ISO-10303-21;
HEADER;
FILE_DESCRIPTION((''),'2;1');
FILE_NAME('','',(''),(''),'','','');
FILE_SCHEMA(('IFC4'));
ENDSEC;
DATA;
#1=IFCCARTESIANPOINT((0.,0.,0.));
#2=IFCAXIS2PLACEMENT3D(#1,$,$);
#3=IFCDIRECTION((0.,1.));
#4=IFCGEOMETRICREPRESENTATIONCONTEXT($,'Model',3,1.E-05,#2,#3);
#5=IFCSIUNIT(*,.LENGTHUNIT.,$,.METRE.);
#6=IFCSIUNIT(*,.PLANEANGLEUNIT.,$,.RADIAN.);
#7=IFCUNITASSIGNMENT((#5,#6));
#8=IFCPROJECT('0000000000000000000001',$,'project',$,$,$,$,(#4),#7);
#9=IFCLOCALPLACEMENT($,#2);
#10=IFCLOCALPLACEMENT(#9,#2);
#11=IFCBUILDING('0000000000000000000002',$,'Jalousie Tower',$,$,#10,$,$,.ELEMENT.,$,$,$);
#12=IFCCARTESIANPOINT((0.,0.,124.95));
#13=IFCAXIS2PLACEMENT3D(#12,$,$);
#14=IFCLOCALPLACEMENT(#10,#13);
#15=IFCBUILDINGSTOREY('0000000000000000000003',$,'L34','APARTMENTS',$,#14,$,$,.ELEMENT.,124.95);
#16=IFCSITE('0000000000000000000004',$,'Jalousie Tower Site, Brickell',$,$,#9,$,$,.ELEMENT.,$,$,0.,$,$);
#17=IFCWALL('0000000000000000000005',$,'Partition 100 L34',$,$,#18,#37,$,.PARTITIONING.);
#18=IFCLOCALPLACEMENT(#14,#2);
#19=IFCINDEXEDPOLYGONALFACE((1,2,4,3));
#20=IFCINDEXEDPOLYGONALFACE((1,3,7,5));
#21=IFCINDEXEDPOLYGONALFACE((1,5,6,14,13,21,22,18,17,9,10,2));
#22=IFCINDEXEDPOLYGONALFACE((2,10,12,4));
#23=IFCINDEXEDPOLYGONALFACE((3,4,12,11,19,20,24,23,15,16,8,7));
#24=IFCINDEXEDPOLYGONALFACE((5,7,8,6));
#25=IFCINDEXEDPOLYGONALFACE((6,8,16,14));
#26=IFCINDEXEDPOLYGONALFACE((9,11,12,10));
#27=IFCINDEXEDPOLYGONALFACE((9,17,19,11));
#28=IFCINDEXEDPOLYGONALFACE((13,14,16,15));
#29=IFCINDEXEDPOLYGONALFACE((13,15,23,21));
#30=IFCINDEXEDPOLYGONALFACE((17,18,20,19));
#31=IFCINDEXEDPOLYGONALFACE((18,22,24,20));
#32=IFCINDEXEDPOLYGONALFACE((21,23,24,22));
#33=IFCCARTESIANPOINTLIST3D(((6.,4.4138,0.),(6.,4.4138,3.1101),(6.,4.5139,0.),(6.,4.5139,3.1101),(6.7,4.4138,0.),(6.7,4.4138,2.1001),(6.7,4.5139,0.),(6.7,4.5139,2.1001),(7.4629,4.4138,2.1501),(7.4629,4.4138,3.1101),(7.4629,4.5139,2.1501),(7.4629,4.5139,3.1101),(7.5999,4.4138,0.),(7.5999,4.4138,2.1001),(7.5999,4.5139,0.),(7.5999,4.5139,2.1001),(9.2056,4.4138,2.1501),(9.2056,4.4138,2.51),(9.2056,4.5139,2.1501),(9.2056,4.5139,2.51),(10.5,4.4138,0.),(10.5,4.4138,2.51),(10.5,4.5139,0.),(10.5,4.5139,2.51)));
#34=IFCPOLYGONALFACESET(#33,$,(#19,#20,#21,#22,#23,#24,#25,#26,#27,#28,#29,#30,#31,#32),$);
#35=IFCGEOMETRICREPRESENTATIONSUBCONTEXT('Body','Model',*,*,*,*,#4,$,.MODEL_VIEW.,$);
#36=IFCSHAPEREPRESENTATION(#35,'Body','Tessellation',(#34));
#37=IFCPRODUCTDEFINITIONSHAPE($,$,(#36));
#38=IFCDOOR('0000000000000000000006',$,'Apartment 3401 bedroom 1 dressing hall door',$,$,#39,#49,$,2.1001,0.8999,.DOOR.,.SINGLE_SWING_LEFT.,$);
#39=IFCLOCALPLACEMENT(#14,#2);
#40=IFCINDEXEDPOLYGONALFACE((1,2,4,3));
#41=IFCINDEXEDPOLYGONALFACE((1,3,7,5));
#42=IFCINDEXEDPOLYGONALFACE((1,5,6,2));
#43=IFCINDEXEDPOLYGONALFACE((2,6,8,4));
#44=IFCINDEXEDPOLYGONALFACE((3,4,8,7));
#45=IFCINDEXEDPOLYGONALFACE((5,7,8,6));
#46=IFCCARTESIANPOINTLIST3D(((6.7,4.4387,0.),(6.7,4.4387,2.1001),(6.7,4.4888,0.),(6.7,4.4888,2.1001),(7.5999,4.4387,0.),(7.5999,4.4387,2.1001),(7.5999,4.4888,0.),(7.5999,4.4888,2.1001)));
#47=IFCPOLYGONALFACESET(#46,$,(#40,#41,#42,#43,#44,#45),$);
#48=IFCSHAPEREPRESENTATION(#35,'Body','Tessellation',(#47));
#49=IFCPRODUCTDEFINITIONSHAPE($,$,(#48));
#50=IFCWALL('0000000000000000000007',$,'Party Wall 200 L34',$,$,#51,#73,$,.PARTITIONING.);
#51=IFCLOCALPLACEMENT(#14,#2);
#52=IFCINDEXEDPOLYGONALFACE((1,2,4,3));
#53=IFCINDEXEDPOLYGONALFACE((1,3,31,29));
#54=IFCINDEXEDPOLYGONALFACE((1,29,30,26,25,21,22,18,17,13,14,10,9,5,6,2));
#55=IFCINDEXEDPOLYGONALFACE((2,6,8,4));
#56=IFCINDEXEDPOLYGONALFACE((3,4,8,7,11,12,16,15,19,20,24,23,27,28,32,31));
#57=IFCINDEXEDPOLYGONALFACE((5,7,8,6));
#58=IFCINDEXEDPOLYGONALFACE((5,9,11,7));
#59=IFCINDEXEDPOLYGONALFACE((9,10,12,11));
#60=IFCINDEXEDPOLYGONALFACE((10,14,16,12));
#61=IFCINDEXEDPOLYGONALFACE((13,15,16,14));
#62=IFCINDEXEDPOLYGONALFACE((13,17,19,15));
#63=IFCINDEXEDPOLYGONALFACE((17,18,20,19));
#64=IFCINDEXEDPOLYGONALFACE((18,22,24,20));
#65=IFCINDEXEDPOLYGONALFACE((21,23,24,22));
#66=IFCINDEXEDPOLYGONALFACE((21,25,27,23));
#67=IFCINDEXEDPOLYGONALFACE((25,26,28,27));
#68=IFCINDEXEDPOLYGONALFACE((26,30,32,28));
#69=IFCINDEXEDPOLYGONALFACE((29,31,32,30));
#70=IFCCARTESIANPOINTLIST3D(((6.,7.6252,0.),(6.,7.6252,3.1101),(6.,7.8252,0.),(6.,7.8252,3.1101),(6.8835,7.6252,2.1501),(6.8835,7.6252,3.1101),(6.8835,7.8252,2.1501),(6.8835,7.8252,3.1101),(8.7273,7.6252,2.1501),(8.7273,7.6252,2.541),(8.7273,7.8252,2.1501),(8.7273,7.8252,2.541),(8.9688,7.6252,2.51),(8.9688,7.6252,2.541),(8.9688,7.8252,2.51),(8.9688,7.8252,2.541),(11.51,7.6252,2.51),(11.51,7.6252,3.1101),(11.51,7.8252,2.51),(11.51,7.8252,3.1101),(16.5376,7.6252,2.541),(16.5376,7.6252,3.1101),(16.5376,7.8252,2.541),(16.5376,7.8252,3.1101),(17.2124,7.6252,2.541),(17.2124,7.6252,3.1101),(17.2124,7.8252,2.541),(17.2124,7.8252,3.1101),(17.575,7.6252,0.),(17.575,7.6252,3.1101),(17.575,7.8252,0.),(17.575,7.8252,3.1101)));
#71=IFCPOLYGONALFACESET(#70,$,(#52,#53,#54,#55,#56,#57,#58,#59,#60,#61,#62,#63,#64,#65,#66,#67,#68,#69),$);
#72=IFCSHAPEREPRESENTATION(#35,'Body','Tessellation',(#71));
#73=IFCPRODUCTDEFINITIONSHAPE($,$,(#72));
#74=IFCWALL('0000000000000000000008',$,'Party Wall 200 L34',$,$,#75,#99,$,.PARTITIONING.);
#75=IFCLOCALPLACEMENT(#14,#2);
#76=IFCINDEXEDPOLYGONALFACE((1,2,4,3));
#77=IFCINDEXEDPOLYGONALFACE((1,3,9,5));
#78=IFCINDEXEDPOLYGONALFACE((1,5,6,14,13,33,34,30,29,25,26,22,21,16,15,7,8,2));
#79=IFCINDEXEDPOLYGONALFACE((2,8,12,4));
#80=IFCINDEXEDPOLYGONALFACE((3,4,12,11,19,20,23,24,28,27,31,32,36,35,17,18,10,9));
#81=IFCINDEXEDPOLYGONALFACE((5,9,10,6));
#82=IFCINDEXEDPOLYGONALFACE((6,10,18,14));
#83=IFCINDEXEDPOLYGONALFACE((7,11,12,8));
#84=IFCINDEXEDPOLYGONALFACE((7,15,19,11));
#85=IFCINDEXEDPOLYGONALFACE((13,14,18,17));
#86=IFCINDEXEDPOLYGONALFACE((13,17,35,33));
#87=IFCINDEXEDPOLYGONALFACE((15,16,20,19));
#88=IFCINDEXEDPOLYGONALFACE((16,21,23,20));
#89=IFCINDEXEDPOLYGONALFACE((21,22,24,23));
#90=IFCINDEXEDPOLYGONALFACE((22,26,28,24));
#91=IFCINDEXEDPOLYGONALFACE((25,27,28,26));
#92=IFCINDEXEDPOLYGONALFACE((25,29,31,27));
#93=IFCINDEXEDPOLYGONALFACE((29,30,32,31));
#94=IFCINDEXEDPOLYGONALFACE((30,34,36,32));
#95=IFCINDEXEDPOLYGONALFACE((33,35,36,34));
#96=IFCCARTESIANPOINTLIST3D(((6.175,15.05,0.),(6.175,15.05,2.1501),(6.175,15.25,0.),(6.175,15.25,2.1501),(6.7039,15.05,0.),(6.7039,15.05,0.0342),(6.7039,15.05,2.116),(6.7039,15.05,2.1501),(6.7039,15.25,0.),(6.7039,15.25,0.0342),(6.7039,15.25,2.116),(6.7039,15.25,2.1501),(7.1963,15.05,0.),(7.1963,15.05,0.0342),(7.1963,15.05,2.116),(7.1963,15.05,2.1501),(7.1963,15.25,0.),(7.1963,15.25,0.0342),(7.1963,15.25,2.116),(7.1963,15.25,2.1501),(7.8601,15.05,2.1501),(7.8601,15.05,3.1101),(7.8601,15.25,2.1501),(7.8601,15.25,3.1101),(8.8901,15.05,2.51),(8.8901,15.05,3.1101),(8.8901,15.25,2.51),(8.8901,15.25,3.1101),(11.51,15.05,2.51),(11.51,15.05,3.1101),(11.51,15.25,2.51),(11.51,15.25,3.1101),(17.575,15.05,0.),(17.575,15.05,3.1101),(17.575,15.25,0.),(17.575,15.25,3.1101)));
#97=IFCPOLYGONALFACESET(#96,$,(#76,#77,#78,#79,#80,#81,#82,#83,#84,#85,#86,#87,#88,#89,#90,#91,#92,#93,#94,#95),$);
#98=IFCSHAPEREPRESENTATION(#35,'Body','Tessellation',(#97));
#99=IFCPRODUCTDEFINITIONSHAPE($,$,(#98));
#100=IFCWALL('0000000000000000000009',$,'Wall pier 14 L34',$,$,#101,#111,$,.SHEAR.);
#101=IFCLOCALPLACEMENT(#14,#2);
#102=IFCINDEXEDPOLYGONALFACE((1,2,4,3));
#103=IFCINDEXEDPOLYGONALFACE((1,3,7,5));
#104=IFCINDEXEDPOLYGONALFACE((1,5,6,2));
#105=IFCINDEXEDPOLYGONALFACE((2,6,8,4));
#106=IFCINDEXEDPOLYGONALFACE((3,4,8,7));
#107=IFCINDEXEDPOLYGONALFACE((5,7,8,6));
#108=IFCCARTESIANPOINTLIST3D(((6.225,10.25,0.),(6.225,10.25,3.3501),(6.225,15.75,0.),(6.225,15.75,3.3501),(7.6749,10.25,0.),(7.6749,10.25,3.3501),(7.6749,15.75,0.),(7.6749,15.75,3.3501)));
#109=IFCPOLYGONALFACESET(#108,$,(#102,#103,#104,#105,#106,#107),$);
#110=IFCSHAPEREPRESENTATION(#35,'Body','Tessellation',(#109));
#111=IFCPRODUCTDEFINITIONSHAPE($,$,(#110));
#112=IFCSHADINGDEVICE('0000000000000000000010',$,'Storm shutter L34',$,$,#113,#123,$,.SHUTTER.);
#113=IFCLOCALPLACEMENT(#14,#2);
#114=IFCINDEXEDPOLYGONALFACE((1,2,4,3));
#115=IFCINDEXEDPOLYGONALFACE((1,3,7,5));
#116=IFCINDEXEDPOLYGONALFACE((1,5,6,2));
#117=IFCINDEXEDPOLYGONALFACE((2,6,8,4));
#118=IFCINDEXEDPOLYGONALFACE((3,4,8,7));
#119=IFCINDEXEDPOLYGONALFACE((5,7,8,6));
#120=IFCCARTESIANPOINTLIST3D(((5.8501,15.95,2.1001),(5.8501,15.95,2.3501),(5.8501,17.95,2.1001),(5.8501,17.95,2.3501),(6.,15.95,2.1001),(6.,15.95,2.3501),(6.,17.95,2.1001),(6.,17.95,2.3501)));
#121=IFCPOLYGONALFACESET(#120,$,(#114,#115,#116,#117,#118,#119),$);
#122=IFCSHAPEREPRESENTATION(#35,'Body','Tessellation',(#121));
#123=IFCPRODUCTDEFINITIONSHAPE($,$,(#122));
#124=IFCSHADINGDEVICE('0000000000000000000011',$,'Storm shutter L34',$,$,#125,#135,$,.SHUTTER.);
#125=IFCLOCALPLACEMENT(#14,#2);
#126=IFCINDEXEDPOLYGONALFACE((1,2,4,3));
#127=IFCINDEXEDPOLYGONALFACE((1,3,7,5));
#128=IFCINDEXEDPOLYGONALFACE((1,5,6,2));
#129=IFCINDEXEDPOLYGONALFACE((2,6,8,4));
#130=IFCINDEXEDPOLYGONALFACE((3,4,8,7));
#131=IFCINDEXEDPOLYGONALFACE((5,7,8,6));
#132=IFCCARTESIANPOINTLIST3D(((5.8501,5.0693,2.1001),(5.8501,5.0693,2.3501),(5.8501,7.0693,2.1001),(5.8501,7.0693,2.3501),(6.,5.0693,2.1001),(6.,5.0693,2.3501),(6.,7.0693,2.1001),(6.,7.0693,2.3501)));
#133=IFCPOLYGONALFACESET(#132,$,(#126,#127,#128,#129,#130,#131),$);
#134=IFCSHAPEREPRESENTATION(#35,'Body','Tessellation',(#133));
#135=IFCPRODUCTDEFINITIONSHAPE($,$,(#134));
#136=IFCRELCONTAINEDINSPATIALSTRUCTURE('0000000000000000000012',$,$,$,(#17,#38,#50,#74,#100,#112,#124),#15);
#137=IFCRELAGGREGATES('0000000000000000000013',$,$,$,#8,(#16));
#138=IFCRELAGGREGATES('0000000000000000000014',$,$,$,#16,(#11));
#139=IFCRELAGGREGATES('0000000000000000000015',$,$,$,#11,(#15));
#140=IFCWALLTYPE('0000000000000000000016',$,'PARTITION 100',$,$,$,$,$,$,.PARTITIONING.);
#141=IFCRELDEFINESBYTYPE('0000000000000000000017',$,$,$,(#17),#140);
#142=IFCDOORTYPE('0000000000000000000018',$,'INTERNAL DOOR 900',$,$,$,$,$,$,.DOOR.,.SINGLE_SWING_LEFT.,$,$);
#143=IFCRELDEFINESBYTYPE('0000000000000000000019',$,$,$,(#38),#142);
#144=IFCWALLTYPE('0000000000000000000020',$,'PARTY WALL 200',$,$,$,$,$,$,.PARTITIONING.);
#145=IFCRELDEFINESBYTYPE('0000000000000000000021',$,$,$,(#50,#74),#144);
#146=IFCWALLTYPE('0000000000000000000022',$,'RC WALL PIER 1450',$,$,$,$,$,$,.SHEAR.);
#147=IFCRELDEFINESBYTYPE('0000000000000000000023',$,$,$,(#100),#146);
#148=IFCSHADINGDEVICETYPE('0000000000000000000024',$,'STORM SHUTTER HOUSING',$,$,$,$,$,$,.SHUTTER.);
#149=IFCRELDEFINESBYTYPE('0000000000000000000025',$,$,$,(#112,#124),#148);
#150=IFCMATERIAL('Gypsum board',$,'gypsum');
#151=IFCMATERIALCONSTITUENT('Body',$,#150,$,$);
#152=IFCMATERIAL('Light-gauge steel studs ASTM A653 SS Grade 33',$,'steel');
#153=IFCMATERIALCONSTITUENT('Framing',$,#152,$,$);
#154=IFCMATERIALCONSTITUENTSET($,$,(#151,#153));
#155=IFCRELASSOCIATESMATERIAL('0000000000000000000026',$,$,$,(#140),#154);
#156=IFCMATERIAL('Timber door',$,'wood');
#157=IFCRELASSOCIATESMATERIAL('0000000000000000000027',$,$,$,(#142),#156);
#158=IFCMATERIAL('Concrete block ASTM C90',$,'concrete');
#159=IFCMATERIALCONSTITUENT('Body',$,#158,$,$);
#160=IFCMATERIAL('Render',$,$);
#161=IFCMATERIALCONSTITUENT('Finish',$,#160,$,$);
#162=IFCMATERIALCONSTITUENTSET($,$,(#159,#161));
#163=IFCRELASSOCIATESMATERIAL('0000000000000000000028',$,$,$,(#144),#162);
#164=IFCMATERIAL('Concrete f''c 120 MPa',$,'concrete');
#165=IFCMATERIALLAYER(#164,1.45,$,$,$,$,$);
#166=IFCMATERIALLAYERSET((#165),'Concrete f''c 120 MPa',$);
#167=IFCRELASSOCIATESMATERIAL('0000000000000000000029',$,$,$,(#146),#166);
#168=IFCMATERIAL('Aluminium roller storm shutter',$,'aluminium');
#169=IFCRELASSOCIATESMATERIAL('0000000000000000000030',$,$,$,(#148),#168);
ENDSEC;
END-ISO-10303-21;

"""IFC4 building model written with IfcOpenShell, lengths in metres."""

from ifc_helpers import new_model, si_unit, direction, frame, frame_2d, origin, origin_2d, place, context, subcontext, project, spatial, polyline, rectangle, outline, extrude, material, layer, layer_set, constituent, constituent_set, type_object, element, fill, save


model = new_model("IFC4")

# Units and contexts
model_context = context("Model", 3, precision=1e-05, world=origin(), true_north=direction((0.0, 1.0)))
body_context = subcontext(model_context, "Body", "Model", "MODEL_VIEW")
ifc_project = project(units=[si_unit("LENGTHUNIT", "METRE"), si_unit("PLANEANGLEUNIT", "RADIAN")], contexts=[model_context])

# Site, building, storey
site_placement = place(None, origin())
site = spatial("IfcSite", under=ifc_project, at=site_placement, Name="Jalousie Tower Site, Brickell", CompositionType="ELEMENT", RefElevation=0.0)
building_placement = place(site_placement, origin())
building = spatial("IfcBuilding", under=site, at=building_placement, Name="Jalousie Tower", CompositionType="ELEMENT")
storey_placement = place(building_placement, frame((0.0, 0.0, 124.95)))
storey = spatial("IfcBuildingStorey", under=building, at=storey_placement, Name="L34", Description="APARTMENTS", CompositionType="ELEMENT", Elevation=124.95)

# Wall, opening, door
ifc_material_1 = material(Name="Gypsum board", Category="gypsum")
ifc_constituent_1 = constituent(ifc_material_1, Name="Body")
ifc_material_2 = material(Name="Light-gauge steel studs ASTM A653 SS Grade 33", Category="steel")
ifc_constituent_2 = constituent(ifc_material_2, Name="Framing")
ifc_constituent_set_1 = constituent_set(constituents=[ifc_constituent_1, ifc_constituent_2])
wall_type_1 = type_object("IfcWallType", Name="PARTITION 100", PredefinedType="PARTITIONING", material=ifc_constituent_set_1)
wall_1_placement = place(storey_placement, frame((6.0, 4.4639, 0.0), z_axis=(0.0, 0.0, 1.0), x_axis=(1.0, 0.0, 0.0)))
wall_1 = element("IfcWall", 1, at=wall_1_placement, inside=storey, type_object=wall_type_1, Name="Partition 100 L34", PredefinedType="PARTITIONING", context=body_context, shape_type="SweptSolid", body=[
    extrude(outline(polyline([(0.0, 0.0), (4.5, 0.0), (4.5, 3.1101), (4.5, 2.51), (3.2056, 2.51), (3.2056, 2.1501), (1.4629, 2.1501), (1.4629, 3.1101), (0.0, 3.1101), (0.0, 0.0)])), frame((0.0, 0.05, 0.0), z_axis=(0.0, -1.0, 0.0), x_axis=(1.0, 0.0, 0.0)), (0.0, 0.0, 1.0), 0.1001),
])
opening_1_placement = place(wall_1_placement, frame((0.7, 0.0, 0.0)))
opening_1 = element("IfcOpeningElement", 2, at=opening_1_placement, cuts=wall_1, PredefinedType="OPENING", context=body_context, shape_type="SweptSolid", body=[
    extrude(rectangle(XDim=0.8999, YDim=2.1001, at=frame_2d((0.45, 1.05))), frame((0.0, 0.0601, 0.0), z_axis=(0.0, -1.0, 0.0), x_axis=(1.0, 0.0, 0.0)), (0.0, 0.0, 1.0), 0.1201),
])
ifc_material_3 = material(Name="Timber door", Category="wood")
door_type_1 = type_object("IfcDoorType", Name="INTERNAL DOOR 900", OperationType="SINGLE_SWING_LEFT", PredefinedType="DOOR", material=ifc_material_3)
door_1_placement = place(opening_1_placement, origin())
door_1 = element("IfcDoor", 3, at=door_1_placement, inside=storey, type_object=door_type_1, Name="Apartment 3401 bedroom 1 dressing hall door", OperationType="SINGLE_SWING_LEFT", OverallHeight=2.1001, OverallWidth=0.8999, PredefinedType="DOOR", context=body_context, shape_type="SweptSolid", body=[
    extrude(rectangle(XDim=0.8999, YDim=2.1001, at=frame_2d((0.45, 1.05))), frame((0.0, 0.0249, 0.0), z_axis=(0.0, -1.0, 0.0), x_axis=(1.0, 0.0, 0.0)), (0.0, 0.0, 1.0), 0.05),
])
fill(opening_1, door_1)

# Walls
ifc_material_4 = material(Name="Concrete block ASTM C90", Category="concrete")
ifc_constituent_3 = constituent(ifc_material_4, Name="Body")
ifc_material_5 = material(Name="Render")
ifc_constituent_4 = constituent(ifc_material_5, Name="Finish")
ifc_constituent_set_2 = constituent_set(constituents=[ifc_constituent_3, ifc_constituent_4])
wall_type_2 = type_object("IfcWallType", Name="PARTY WALL 200", PredefinedType="PARTITIONING", material=ifc_constituent_set_2)
wall_2_placement = place(storey_placement, frame((6.0, 7.7251, 0.0), z_axis=(0.0, 0.0, 1.0), x_axis=(1.0, 0.0, 0.0)))
element("IfcWall", 4, at=wall_2_placement, inside=storey, type_object=wall_type_2, Name="Party Wall 200 L34", PredefinedType="PARTITIONING", context=body_context, shape_type="SweptSolid", body=[
    extrude(outline(polyline([(0.0, 0.0), (11.575, 0.0), (11.575, 3.1101), (11.2124, 3.1101), (11.2124, 2.541), (10.5376, 2.541), (10.5376, 3.1101), (5.51, 3.1101), (5.51, 2.51), (2.9688, 2.51), (2.9688, 2.541), (2.7273, 2.541), (2.7273, 2.1501), (0.8835, 2.1501), (0.8835, 3.1101), (0.0, 3.1101), (0.0, 0.0)])), frame((0.0, 0.1001, 0.0), z_axis=(0.0, -1.0, 0.0), x_axis=(1.0, 0.0, 0.0)), (0.0, 0.0, 1.0), 0.2),
])
wall_3_placement = place(storey_placement, frame((6.175, 15.1499, 0.0), z_axis=(0.0, 0.0, 1.0), x_axis=(1.0, 0.0, 0.0)))
element("IfcWall", 5, at=wall_3_placement, inside=storey, type_object=wall_type_2, Name="Party Wall 200 L34", PredefinedType="PARTITIONING", context=body_context, shape_type="SweptSolid", body=[
    extrude(outline(polyline([(0.5288, 2.1501), (0.0, 2.1501), (0.0, 0.0), (0.5288, 0.0), (0.5288, 0.0342), (1.0212, 0.0342), (1.0212, 0.0), (11.3999, 0.0), (11.3999, 3.1101), (5.335, 3.1101), (5.335, 2.51), (2.7151, 2.51), (2.7151, 3.1101), (1.6851, 3.1101), (1.6851, 2.1501), (1.0212, 2.1501), (1.0212, 2.116), (0.5288, 2.116), (0.5288, 2.1501)])), frame((0.0, 0.1001, 0.0), z_axis=(0.0, -1.0, 0.0), x_axis=(1.0, 0.0, 0.0)), (0.0, 0.0, 1.0), 0.2),
])
ifc_material_6 = material(Name="Concrete f'c 120 MPa", Category="concrete")
ifc_layer_1 = layer(ifc_material_6, 1.45)
ifc_layer_set_1 = layer_set([ifc_layer_1], Name="Concrete f'c 120 MPa")
wall_type_3 = type_object("IfcWallType", Name="RC WALL PIER 1450", PredefinedType="SHEAR", material=ifc_layer_set_1)
wall_4_placement = place(storey_placement, frame((6.95, 10.25, 0.0), z_axis=(0.0, 0.0, 1.0), x_axis=(0.0, 1.0, 0.0)))
element("IfcWall", 6, at=wall_4_placement, inside=storey, type_object=wall_type_3, Name="Wall pier 14 L34", PredefinedType="SHEAR", context=body_context, shape_type="SweptSolid", body=[
    extrude(rectangle(XDim=5.5, YDim=1.45, at=frame_2d((2.75, 0.0))), origin(), (0.0, 0.0, 1.0), 3.3501),
])

# Shading devices
ifc_material_7 = material(Name="Aluminium roller storm shutter", Category="aluminium")
shading_device_type = type_object("IfcShadingDeviceType", Name="STORM SHUTTER HOUSING", PredefinedType="SHUTTER", material=ifc_material_7)
for number, where, z_axis, x_axis, name in (
    (7, (5.925, 16.95, 2.1001), (0.0, 0.0, 1.0), (0.0, -1.0, 0.0), "Storm shutter L34"),
    (8, (5.925, 6.0693, 2.1001), (0.0, 0.0, 1.0), (0.0, -1.0, 0.0), "Storm shutter L34"),
):
    element("IfcShadingDevice", number, at=place(storey_placement, frame(where, z_axis=z_axis, x_axis=x_axis)), inside=storey, type_object=shading_device_type, Name=name, PredefinedType="SHUTTER", context=body_context, shape_type="SweptSolid", body=[
        extrude(rectangle(XDim=2.0, YDim=0.1499, at=origin_2d()), origin(), (0.0, 0.0, 1.0), 0.25),
    ])

save(model, "model.ifc")
